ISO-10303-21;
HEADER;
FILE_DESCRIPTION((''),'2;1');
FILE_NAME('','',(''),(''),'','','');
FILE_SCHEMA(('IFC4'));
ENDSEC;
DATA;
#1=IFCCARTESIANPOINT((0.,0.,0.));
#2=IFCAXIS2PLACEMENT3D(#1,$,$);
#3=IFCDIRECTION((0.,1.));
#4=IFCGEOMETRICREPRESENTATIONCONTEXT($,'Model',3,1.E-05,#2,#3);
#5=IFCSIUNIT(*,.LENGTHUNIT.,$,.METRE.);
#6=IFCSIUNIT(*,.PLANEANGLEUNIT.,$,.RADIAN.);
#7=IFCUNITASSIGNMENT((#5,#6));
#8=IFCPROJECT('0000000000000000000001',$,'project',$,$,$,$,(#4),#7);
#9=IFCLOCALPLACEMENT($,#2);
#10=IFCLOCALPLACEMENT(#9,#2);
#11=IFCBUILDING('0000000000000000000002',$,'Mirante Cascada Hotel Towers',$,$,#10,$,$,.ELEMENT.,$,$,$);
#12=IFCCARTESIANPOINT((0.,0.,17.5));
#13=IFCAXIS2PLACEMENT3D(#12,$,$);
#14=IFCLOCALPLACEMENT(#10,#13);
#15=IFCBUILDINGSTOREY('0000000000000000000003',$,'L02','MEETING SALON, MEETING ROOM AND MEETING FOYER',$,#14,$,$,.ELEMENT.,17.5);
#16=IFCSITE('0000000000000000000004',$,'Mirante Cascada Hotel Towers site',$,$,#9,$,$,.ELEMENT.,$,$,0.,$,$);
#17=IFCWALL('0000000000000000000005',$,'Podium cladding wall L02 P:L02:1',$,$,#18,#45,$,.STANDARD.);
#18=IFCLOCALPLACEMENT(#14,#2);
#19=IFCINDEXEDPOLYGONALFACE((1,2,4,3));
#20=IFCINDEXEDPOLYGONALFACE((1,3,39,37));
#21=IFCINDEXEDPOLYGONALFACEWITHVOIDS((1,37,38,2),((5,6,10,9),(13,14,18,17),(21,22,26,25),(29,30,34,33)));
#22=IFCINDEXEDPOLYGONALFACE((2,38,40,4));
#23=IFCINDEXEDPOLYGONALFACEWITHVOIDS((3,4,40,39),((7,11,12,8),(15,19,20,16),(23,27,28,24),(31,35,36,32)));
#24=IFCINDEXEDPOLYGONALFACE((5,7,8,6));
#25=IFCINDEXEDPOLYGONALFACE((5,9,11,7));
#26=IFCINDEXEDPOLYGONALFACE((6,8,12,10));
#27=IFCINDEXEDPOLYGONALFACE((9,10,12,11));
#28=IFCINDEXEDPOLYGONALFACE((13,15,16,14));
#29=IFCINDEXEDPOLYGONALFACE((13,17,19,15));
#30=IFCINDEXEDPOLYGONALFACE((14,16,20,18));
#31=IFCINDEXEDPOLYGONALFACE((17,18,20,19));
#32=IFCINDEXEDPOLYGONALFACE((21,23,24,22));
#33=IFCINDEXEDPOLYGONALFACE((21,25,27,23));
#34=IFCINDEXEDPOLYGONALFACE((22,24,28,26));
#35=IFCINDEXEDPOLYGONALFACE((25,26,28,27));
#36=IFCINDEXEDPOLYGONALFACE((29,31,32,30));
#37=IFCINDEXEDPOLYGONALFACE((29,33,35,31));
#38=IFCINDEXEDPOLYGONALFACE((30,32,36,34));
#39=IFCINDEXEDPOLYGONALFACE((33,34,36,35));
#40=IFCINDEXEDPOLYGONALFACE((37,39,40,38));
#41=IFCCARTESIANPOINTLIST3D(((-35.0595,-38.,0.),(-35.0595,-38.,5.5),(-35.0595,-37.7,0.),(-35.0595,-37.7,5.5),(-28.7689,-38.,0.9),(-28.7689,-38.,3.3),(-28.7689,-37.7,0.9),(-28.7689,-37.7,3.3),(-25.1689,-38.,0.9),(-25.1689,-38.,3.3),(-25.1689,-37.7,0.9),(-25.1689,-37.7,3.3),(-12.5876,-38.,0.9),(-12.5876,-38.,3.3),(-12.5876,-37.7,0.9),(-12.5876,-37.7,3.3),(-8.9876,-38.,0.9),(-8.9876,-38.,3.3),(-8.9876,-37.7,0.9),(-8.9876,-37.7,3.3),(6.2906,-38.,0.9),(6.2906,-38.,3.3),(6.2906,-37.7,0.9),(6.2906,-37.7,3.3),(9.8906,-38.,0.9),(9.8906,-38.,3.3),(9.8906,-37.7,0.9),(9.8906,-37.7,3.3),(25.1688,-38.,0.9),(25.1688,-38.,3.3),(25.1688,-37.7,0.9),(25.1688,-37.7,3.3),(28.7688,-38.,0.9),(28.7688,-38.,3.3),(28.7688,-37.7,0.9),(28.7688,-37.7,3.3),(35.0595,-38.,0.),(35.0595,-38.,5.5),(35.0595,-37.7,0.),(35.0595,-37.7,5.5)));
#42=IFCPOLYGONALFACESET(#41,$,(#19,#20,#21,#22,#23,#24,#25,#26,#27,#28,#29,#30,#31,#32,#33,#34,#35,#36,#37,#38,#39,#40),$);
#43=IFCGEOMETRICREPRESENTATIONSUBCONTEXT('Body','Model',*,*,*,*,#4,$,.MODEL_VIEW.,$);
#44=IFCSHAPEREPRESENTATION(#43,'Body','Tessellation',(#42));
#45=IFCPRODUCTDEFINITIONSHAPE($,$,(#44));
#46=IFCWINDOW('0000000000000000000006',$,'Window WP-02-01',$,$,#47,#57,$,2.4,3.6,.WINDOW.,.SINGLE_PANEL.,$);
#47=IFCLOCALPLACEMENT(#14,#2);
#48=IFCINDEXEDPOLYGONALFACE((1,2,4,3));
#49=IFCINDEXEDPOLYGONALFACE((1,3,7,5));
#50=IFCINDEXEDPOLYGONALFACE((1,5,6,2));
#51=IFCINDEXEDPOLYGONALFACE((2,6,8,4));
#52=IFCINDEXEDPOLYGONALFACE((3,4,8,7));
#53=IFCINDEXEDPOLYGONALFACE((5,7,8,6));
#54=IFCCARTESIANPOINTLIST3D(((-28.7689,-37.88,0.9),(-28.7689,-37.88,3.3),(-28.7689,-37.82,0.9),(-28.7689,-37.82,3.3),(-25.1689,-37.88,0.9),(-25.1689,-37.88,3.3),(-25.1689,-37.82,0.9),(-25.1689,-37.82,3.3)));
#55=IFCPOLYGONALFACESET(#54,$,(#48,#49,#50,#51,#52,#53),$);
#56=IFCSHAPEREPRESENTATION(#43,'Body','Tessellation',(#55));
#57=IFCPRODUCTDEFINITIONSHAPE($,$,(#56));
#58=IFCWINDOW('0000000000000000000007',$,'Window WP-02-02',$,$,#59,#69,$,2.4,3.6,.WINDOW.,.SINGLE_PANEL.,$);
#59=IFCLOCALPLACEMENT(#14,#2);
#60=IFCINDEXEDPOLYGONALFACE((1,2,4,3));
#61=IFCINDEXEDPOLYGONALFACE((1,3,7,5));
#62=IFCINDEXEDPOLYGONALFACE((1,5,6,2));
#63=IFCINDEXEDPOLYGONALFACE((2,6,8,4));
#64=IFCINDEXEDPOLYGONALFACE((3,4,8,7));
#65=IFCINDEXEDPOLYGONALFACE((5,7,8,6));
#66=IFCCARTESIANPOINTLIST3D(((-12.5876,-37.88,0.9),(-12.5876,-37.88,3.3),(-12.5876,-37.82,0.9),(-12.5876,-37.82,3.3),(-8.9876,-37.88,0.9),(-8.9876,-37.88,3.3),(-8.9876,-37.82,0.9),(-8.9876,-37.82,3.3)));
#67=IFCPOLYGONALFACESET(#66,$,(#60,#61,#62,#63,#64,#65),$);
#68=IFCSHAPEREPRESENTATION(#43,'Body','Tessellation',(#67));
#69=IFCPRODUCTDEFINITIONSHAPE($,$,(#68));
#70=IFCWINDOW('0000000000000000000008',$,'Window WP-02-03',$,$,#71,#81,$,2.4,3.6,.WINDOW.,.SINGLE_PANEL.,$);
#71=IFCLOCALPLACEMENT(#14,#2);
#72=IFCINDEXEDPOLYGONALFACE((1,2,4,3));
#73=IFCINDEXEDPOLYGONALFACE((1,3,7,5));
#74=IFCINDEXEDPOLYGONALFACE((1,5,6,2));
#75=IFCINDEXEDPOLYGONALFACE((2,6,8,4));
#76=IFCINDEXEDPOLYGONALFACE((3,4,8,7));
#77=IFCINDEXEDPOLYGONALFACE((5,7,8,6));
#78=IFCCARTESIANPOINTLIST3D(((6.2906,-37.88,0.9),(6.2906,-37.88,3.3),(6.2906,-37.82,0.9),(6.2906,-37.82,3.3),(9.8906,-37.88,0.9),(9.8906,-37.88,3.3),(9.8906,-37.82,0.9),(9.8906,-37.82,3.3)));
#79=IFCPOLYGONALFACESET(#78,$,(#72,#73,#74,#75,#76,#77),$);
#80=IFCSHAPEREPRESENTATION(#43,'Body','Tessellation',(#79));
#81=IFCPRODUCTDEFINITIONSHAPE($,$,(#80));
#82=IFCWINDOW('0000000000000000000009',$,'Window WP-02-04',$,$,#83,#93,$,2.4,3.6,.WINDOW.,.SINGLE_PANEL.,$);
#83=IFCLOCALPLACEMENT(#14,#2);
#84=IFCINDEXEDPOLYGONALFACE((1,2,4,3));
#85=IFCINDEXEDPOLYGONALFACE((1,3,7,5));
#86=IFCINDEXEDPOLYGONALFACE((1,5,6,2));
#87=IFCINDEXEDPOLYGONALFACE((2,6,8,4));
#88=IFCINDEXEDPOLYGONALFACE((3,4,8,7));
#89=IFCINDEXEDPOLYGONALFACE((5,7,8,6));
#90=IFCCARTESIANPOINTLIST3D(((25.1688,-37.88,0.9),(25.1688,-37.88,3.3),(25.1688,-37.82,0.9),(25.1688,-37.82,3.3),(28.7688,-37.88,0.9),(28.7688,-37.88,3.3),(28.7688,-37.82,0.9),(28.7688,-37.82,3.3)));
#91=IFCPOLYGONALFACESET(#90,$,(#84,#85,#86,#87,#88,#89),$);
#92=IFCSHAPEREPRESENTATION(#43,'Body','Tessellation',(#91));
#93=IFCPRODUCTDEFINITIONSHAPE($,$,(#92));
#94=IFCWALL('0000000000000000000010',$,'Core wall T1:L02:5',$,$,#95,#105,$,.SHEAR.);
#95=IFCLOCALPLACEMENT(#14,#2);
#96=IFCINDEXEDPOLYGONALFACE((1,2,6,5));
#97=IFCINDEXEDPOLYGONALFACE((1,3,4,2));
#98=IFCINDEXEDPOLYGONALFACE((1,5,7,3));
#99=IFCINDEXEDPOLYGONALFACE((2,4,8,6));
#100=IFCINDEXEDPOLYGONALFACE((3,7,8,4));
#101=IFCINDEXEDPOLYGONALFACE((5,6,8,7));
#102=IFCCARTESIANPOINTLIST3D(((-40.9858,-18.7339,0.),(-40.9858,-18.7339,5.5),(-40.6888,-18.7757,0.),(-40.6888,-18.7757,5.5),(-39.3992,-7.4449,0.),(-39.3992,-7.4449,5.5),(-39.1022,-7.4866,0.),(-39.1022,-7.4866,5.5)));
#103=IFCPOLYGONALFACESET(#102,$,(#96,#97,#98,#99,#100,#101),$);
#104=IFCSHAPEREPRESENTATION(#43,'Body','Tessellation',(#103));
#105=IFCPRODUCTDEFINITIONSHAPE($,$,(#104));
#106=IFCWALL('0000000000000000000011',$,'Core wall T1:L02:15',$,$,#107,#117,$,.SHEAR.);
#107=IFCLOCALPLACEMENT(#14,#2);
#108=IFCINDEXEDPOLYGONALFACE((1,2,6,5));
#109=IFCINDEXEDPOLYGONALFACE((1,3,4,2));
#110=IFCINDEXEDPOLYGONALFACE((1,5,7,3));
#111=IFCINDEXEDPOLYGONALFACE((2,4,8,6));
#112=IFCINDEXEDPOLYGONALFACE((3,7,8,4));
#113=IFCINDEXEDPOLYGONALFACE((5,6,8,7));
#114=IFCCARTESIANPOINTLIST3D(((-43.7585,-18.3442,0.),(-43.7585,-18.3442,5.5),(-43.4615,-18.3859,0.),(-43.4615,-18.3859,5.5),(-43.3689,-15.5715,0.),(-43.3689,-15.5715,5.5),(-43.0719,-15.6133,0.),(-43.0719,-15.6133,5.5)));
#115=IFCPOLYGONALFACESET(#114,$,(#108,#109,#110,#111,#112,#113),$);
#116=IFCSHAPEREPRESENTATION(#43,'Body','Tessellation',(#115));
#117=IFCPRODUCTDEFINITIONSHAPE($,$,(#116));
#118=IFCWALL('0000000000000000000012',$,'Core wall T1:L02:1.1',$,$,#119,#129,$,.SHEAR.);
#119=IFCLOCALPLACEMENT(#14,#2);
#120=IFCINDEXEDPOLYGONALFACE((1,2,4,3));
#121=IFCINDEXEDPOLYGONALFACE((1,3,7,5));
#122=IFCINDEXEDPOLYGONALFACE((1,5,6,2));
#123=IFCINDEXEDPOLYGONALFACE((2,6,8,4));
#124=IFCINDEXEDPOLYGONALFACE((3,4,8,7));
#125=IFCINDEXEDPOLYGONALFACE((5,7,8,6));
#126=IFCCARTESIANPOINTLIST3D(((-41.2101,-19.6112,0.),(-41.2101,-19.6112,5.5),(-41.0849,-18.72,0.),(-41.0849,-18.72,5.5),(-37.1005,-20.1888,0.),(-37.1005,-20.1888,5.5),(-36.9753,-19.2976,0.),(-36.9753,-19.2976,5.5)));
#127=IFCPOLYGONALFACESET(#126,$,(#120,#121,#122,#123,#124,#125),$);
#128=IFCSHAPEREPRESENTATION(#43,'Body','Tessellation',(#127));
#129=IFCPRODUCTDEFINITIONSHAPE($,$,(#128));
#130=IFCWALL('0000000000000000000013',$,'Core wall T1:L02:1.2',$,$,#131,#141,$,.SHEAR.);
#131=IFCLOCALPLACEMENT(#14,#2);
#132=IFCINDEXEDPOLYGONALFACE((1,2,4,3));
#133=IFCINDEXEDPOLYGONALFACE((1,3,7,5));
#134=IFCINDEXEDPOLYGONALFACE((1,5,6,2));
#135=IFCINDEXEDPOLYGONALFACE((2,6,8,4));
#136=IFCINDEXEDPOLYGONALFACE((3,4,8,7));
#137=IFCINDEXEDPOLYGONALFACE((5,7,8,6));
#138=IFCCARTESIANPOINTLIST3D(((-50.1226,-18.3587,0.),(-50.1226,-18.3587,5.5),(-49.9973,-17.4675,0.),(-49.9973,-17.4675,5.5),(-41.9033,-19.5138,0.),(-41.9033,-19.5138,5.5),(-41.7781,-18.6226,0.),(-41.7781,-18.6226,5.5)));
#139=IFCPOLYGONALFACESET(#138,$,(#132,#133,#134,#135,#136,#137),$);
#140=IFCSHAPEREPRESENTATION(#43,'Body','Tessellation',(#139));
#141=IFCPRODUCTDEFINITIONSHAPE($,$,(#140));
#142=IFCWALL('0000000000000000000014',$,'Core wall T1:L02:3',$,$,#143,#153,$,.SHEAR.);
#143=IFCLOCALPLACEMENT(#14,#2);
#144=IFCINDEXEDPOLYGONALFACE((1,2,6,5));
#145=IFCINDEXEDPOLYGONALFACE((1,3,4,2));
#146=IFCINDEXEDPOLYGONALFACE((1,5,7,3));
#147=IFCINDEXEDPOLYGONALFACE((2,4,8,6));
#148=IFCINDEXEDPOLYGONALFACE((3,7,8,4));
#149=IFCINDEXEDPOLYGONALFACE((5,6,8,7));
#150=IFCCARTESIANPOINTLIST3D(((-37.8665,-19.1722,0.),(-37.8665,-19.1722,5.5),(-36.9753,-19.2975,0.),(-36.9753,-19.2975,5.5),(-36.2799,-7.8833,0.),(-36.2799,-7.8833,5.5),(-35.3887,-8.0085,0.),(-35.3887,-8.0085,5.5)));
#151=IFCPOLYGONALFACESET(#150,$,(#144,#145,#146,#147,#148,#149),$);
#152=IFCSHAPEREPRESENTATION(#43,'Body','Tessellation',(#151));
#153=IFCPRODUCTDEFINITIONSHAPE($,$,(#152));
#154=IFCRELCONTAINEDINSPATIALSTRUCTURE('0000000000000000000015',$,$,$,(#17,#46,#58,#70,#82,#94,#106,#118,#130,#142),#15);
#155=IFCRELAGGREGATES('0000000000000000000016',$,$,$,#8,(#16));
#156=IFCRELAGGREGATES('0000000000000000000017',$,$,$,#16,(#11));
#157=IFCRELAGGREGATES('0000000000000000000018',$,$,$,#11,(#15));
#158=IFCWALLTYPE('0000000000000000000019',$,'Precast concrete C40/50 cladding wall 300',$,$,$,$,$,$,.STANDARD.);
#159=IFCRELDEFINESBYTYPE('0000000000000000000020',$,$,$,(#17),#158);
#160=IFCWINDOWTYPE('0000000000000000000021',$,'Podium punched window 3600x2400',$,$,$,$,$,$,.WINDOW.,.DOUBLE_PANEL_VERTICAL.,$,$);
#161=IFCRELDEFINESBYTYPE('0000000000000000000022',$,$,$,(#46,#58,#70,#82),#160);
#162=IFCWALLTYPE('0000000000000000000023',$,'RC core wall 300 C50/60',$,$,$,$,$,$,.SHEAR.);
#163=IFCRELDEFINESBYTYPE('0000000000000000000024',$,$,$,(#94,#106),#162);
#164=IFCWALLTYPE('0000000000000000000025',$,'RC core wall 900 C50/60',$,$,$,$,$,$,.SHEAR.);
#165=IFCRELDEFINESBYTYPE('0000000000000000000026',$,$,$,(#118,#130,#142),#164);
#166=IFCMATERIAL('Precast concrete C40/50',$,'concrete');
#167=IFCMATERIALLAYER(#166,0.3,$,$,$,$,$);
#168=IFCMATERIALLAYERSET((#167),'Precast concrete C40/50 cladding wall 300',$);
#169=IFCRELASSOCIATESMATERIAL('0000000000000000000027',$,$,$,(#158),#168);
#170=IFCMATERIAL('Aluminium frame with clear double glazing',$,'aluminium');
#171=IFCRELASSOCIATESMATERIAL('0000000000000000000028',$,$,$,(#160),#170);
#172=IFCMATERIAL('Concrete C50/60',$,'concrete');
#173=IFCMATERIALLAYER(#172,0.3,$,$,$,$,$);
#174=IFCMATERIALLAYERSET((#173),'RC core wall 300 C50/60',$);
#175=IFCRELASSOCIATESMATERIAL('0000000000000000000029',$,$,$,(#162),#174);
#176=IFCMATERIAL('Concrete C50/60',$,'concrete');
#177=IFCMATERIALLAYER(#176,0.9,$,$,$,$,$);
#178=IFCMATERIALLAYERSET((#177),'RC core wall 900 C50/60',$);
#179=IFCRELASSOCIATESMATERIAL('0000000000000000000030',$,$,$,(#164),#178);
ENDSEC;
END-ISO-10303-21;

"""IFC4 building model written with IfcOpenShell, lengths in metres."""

from ifc_helpers import new_model, si_unit, direction, frame, frame_2d, origin, place, context, subcontext, project, spatial, rectangle, extrude, material, layer, layer_set, type_object, element, fill, save


model = new_model("IFC4")

# Units and contexts
model_context = context("Model", 3, precision=1e-05, world=origin(), true_north=direction((0.0, 1.0)))
body_context = subcontext(model_context, "Body", "Model", "MODEL_VIEW")
ifc_project = project(units=[si_unit("LENGTHUNIT", "METRE"), si_unit("PLANEANGLEUNIT", "RADIAN")], contexts=[model_context])

# Site, building, storey
site_placement = place(None, origin())
site = spatial("IfcSite", under=ifc_project, at=site_placement, Name="Mirante Cascada Hotel Towers site", CompositionType="ELEMENT", RefElevation=0.0)
building_placement = place(site_placement, origin())
building = spatial("IfcBuilding", under=site, at=building_placement, Name="Mirante Cascada Hotel Towers", CompositionType="ELEMENT")
storey_placement = place(building_placement, frame((0.0, 0.0, 17.5)))
storey = spatial("IfcBuildingStorey", under=building, at=storey_placement, Name="L02", Description="MEETING SALON, MEETING ROOM AND MEETING FOYER", CompositionType="ELEMENT", Elevation=17.5)

# Wall, openings, windows
ifc_material_1 = material(Name="Precast concrete C40/50", Category="concrete")
ifc_layer_1 = layer(ifc_material_1, 0.3)
ifc_layer_set_1 = layer_set([ifc_layer_1], Name="Precast concrete C40/50 cladding wall 300")
wall_type_1 = type_object("IfcWallType", Name="Precast concrete C40/50 cladding wall 300", PredefinedType="STANDARD", material=ifc_layer_set_1)
wall_1_placement = place(storey_placement, frame((-35.0595, -37.85, 0.0), z_axis=(0.0, 0.0, 1.0), x_axis=(1.0, 0.0, 0.0)))
wall_1 = element("IfcWall", 1, at=wall_1_placement, inside=storey, type_object=wall_type_1, Name="Podium cladding wall L02 P:L02:1", PredefinedType="STANDARD", context=body_context, shape_type="SweptSolid", body=[
    extrude(rectangle(XDim=70.119, YDim=0.3, at=frame_2d((35.0595, 0.0))), origin(), (0.0, 0.0, 1.0), 5.5),
])
opening_1_placement = place(wall_1_placement, frame((6.2906, 0.0, 0.9)))
opening_1 = element("IfcOpeningElement", 2, at=opening_1_placement, cuts=wall_1, PredefinedType="OPENING", context=body_context, shape_type="SweptSolid", body=[
    extrude(rectangle(XDim=3.6, YDim=2.4, at=frame_2d((1.8, 1.2))), frame((0.0, 0.15, 0.0), z_axis=(0.0, -1.0, 0.0), x_axis=(1.0, 0.0, 0.0)), (0.0, 0.0, 1.0), 0.3),
])
opening_2_placement = place(wall_1_placement, frame((22.4719, 0.0, 0.9)))
opening_2 = element("IfcOpeningElement", 3, at=opening_2_placement, cuts=wall_1, PredefinedType="OPENING", context=body_context, shape_type="SweptSolid", body=[
    extrude(rectangle(XDim=3.6, YDim=2.4, at=frame_2d((1.8, 1.2))), frame((0.0, 0.15, 0.0), z_axis=(0.0, -1.0, 0.0), x_axis=(1.0, 0.0, 0.0)), (0.0, 0.0, 1.0), 0.3),
])
opening_3_placement = place(wall_1_placement, frame((41.3501, 0.0, 0.9)))
opening_3 = element("IfcOpeningElement", 4, at=opening_3_placement, cuts=wall_1, PredefinedType="OPENING", context=body_context, shape_type="SweptSolid", body=[
    extrude(rectangle(XDim=3.6, YDim=2.4, at=frame_2d((1.8, 1.2))), frame((0.0, 0.15, 0.0), z_axis=(0.0, -1.0, 0.0), x_axis=(1.0, 0.0, 0.0)), (0.0, 0.0, 1.0), 0.3),
])
opening_4_placement = place(wall_1_placement, frame((60.2283, 0.0, 0.9)))
opening_4 = element("IfcOpeningElement", 5, at=opening_4_placement, cuts=wall_1, PredefinedType="OPENING", context=body_context, shape_type="SweptSolid", body=[
    extrude(rectangle(XDim=3.6, YDim=2.4, at=frame_2d((1.8, 1.2))), frame((0.0, 0.15, 0.0), z_axis=(0.0, -1.0, 0.0), x_axis=(1.0, 0.0, 0.0)), (0.0, 0.0, 1.0), 0.3),
])
ifc_material_2 = material(Name="Aluminium frame with clear double glazing", Category="aluminium")
window_type = type_object("IfcWindowType", Name="Podium punched window 3600x2400", PartitioningType="DOUBLE_PANEL_VERTICAL", PredefinedType="WINDOW", material=ifc_material_2)
window_1_placement = place(opening_1_placement, origin())
window_1 = element("IfcWindow", 6, at=window_1_placement, inside=storey, type_object=window_type, Name="Window WP-02-01", OverallHeight=2.4, OverallWidth=3.6, PartitioningType="SINGLE_PANEL", PredefinedType="WINDOW", context=body_context, shape_type="SweptSolid", body=[
    extrude(rectangle(XDim=3.6, YDim=2.4, at=frame_2d((1.8, 1.2))), frame((0.0, 0.03, 0.0), z_axis=(0.0, -1.0, 0.0), x_axis=(1.0, 0.0, 0.0)), (0.0, 0.0, 1.0), 0.06),
])
fill(opening_1, window_1)
window_2_placement = place(opening_2_placement, origin())
window_2 = element("IfcWindow", 7, at=window_2_placement, inside=storey, type_object=window_type, Name="Window WP-02-02", OverallHeight=2.4, OverallWidth=3.6, PartitioningType="SINGLE_PANEL", PredefinedType="WINDOW", context=body_context, shape_type="SweptSolid", body=[
    extrude(rectangle(XDim=3.6, YDim=2.4, at=frame_2d((1.8, 1.2))), frame((0.0, 0.03, 0.0), z_axis=(0.0, -1.0, 0.0), x_axis=(1.0, 0.0, 0.0)), (0.0, 0.0, 1.0), 0.06),
])
fill(opening_2, window_2)
window_3_placement = place(opening_3_placement, origin())
window_3 = element("IfcWindow", 8, at=window_3_placement, inside=storey, type_object=window_type, Name="Window WP-02-03", OverallHeight=2.4, OverallWidth=3.6, PartitioningType="SINGLE_PANEL", PredefinedType="WINDOW", context=body_context, shape_type="SweptSolid", body=[
    extrude(rectangle(XDim=3.6, YDim=2.4, at=frame_2d((1.8, 1.2))), frame((0.0, 0.03, 0.0), z_axis=(0.0, -1.0, 0.0), x_axis=(1.0, 0.0, 0.0)), (0.0, 0.0, 1.0), 0.06),
])
fill(opening_3, window_3)
window_4_placement = place(opening_4_placement, origin())
window_4 = element("IfcWindow", 9, at=window_4_placement, inside=storey, type_object=window_type, Name="Window WP-02-04", OverallHeight=2.4, OverallWidth=3.6, PartitioningType="SINGLE_PANEL", PredefinedType="WINDOW", context=body_context, shape_type="SweptSolid", body=[
    extrude(rectangle(XDim=3.6, YDim=2.4, at=frame_2d((1.8, 1.2))), frame((0.0, 0.03, 0.0), z_axis=(0.0, -1.0, 0.0), x_axis=(1.0, 0.0, 0.0)), (0.0, 0.0, 1.0), 0.06),
])
fill(opening_4, window_4)

# Walls
ifc_material_3 = material(Name="Concrete C50/60", Category="concrete")
ifc_layer_2 = layer(ifc_material_3, 0.3)
ifc_layer_set_2 = layer_set([ifc_layer_2], Name="RC core wall 300 C50/60")
wall_type_2 = type_object("IfcWallType", Name="RC core wall 300 C50/60", PredefinedType="SHEAR", material=ifc_layer_set_2)
wall_2_placement = place(storey_placement, frame((-40.8373, -18.7548, 0.0), z_axis=(0.0, 0.0, 1.0), x_axis=(0.139175, 0.990268, 0.0)))
element("IfcWall", 10, at=wall_2_placement, inside=storey, type_object=wall_type_2, Name="Core wall T1:L02:5", PredefinedType="SHEAR", context=body_context, shape_type="SweptSolid", body=[
    extrude(rectangle(XDim=11.4, YDim=0.3, at=frame_2d((5.7, 0.0))), origin(), (0.0, 0.0, 1.0), 5.5),
])
wall_3_placement = place(storey_placement, frame((-43.61, -18.3651, 0.0), z_axis=(0.0, 0.0, 1.0), x_axis=(0.139146, 0.990272, 0.0)))
element("IfcWall", 11, at=wall_3_placement, inside=storey, type_object=wall_type_2, Name="Core wall T1:L02:15", PredefinedType="SHEAR", context=body_context, shape_type="SweptSolid", body=[
    extrude(rectangle(XDim=2.7999, YDim=0.3, at=frame_2d((1.4, 0.0))), origin(), (0.0, 0.0, 1.0), 5.5),
])
ifc_material_4 = material(Name="Concrete C50/60", Category="concrete")
ifc_layer_3 = layer(ifc_material_4, 0.9)
ifc_layer_set_3 = layer_set([ifc_layer_3], Name="RC core wall 900 C50/60")
wall_type_3 = type_object("IfcWallType", Name="RC core wall 900 C50/60", PredefinedType="SHEAR", material=ifc_layer_set_3)
wall_4_placement = place(storey_placement, frame((-37.0379, -19.7432, 0.0), z_axis=(0.0, 0.0, 1.0), x_axis=(-0.990267, 0.139181, 0.0)))
element("IfcWall", 12, at=wall_4_placement, inside=storey, type_object=wall_type_3, Name="Core wall T1:L02:1.1", PredefinedType="SHEAR", context=body_context, shape_type="SweptSolid", body=[
    extrude(rectangle(XDim=4.15, YDim=0.9, at=frame_2d((2.075, 0.0))), origin(), (0.0, 0.0, 1.0), 5.5),
])
wall_5_placement = place(storey_placement, frame((-41.8407, -19.0682, 0.0), z_axis=(0.0, 0.0, 1.0), x_axis=(-0.990269, 0.139169, 0.0)))
element("IfcWall", 13, at=wall_5_placement, inside=storey, type_object=wall_type_3, Name="Core wall T1:L02:1.2", PredefinedType="SHEAR", context=body_context, shape_type="SweptSolid", body=[
    extrude(rectangle(XDim=8.3, YDim=0.9, at=frame_2d((4.15, 0.0))), origin(), (0.0, 0.0, 1.0), 5.5),
])
wall_6_placement = place(storey_placement, frame((-37.4209, -19.2349, 0.0), z_axis=(0.0, 0.0, 1.0), x_axis=(0.139176, 0.990268, 0.0)))
element("IfcWall", 14, at=wall_6_placement, inside=storey, type_object=wall_type_3, Name="Core wall T1:L02:3", PredefinedType="SHEAR", context=body_context, shape_type="SweptSolid", body=[
    extrude(rectangle(XDim=11.3999, YDim=0.9, at=frame_2d((5.7, 0.0))), origin(), (0.0, 0.0, 1.0), 5.5),
])

save(model, "model.ifc")
